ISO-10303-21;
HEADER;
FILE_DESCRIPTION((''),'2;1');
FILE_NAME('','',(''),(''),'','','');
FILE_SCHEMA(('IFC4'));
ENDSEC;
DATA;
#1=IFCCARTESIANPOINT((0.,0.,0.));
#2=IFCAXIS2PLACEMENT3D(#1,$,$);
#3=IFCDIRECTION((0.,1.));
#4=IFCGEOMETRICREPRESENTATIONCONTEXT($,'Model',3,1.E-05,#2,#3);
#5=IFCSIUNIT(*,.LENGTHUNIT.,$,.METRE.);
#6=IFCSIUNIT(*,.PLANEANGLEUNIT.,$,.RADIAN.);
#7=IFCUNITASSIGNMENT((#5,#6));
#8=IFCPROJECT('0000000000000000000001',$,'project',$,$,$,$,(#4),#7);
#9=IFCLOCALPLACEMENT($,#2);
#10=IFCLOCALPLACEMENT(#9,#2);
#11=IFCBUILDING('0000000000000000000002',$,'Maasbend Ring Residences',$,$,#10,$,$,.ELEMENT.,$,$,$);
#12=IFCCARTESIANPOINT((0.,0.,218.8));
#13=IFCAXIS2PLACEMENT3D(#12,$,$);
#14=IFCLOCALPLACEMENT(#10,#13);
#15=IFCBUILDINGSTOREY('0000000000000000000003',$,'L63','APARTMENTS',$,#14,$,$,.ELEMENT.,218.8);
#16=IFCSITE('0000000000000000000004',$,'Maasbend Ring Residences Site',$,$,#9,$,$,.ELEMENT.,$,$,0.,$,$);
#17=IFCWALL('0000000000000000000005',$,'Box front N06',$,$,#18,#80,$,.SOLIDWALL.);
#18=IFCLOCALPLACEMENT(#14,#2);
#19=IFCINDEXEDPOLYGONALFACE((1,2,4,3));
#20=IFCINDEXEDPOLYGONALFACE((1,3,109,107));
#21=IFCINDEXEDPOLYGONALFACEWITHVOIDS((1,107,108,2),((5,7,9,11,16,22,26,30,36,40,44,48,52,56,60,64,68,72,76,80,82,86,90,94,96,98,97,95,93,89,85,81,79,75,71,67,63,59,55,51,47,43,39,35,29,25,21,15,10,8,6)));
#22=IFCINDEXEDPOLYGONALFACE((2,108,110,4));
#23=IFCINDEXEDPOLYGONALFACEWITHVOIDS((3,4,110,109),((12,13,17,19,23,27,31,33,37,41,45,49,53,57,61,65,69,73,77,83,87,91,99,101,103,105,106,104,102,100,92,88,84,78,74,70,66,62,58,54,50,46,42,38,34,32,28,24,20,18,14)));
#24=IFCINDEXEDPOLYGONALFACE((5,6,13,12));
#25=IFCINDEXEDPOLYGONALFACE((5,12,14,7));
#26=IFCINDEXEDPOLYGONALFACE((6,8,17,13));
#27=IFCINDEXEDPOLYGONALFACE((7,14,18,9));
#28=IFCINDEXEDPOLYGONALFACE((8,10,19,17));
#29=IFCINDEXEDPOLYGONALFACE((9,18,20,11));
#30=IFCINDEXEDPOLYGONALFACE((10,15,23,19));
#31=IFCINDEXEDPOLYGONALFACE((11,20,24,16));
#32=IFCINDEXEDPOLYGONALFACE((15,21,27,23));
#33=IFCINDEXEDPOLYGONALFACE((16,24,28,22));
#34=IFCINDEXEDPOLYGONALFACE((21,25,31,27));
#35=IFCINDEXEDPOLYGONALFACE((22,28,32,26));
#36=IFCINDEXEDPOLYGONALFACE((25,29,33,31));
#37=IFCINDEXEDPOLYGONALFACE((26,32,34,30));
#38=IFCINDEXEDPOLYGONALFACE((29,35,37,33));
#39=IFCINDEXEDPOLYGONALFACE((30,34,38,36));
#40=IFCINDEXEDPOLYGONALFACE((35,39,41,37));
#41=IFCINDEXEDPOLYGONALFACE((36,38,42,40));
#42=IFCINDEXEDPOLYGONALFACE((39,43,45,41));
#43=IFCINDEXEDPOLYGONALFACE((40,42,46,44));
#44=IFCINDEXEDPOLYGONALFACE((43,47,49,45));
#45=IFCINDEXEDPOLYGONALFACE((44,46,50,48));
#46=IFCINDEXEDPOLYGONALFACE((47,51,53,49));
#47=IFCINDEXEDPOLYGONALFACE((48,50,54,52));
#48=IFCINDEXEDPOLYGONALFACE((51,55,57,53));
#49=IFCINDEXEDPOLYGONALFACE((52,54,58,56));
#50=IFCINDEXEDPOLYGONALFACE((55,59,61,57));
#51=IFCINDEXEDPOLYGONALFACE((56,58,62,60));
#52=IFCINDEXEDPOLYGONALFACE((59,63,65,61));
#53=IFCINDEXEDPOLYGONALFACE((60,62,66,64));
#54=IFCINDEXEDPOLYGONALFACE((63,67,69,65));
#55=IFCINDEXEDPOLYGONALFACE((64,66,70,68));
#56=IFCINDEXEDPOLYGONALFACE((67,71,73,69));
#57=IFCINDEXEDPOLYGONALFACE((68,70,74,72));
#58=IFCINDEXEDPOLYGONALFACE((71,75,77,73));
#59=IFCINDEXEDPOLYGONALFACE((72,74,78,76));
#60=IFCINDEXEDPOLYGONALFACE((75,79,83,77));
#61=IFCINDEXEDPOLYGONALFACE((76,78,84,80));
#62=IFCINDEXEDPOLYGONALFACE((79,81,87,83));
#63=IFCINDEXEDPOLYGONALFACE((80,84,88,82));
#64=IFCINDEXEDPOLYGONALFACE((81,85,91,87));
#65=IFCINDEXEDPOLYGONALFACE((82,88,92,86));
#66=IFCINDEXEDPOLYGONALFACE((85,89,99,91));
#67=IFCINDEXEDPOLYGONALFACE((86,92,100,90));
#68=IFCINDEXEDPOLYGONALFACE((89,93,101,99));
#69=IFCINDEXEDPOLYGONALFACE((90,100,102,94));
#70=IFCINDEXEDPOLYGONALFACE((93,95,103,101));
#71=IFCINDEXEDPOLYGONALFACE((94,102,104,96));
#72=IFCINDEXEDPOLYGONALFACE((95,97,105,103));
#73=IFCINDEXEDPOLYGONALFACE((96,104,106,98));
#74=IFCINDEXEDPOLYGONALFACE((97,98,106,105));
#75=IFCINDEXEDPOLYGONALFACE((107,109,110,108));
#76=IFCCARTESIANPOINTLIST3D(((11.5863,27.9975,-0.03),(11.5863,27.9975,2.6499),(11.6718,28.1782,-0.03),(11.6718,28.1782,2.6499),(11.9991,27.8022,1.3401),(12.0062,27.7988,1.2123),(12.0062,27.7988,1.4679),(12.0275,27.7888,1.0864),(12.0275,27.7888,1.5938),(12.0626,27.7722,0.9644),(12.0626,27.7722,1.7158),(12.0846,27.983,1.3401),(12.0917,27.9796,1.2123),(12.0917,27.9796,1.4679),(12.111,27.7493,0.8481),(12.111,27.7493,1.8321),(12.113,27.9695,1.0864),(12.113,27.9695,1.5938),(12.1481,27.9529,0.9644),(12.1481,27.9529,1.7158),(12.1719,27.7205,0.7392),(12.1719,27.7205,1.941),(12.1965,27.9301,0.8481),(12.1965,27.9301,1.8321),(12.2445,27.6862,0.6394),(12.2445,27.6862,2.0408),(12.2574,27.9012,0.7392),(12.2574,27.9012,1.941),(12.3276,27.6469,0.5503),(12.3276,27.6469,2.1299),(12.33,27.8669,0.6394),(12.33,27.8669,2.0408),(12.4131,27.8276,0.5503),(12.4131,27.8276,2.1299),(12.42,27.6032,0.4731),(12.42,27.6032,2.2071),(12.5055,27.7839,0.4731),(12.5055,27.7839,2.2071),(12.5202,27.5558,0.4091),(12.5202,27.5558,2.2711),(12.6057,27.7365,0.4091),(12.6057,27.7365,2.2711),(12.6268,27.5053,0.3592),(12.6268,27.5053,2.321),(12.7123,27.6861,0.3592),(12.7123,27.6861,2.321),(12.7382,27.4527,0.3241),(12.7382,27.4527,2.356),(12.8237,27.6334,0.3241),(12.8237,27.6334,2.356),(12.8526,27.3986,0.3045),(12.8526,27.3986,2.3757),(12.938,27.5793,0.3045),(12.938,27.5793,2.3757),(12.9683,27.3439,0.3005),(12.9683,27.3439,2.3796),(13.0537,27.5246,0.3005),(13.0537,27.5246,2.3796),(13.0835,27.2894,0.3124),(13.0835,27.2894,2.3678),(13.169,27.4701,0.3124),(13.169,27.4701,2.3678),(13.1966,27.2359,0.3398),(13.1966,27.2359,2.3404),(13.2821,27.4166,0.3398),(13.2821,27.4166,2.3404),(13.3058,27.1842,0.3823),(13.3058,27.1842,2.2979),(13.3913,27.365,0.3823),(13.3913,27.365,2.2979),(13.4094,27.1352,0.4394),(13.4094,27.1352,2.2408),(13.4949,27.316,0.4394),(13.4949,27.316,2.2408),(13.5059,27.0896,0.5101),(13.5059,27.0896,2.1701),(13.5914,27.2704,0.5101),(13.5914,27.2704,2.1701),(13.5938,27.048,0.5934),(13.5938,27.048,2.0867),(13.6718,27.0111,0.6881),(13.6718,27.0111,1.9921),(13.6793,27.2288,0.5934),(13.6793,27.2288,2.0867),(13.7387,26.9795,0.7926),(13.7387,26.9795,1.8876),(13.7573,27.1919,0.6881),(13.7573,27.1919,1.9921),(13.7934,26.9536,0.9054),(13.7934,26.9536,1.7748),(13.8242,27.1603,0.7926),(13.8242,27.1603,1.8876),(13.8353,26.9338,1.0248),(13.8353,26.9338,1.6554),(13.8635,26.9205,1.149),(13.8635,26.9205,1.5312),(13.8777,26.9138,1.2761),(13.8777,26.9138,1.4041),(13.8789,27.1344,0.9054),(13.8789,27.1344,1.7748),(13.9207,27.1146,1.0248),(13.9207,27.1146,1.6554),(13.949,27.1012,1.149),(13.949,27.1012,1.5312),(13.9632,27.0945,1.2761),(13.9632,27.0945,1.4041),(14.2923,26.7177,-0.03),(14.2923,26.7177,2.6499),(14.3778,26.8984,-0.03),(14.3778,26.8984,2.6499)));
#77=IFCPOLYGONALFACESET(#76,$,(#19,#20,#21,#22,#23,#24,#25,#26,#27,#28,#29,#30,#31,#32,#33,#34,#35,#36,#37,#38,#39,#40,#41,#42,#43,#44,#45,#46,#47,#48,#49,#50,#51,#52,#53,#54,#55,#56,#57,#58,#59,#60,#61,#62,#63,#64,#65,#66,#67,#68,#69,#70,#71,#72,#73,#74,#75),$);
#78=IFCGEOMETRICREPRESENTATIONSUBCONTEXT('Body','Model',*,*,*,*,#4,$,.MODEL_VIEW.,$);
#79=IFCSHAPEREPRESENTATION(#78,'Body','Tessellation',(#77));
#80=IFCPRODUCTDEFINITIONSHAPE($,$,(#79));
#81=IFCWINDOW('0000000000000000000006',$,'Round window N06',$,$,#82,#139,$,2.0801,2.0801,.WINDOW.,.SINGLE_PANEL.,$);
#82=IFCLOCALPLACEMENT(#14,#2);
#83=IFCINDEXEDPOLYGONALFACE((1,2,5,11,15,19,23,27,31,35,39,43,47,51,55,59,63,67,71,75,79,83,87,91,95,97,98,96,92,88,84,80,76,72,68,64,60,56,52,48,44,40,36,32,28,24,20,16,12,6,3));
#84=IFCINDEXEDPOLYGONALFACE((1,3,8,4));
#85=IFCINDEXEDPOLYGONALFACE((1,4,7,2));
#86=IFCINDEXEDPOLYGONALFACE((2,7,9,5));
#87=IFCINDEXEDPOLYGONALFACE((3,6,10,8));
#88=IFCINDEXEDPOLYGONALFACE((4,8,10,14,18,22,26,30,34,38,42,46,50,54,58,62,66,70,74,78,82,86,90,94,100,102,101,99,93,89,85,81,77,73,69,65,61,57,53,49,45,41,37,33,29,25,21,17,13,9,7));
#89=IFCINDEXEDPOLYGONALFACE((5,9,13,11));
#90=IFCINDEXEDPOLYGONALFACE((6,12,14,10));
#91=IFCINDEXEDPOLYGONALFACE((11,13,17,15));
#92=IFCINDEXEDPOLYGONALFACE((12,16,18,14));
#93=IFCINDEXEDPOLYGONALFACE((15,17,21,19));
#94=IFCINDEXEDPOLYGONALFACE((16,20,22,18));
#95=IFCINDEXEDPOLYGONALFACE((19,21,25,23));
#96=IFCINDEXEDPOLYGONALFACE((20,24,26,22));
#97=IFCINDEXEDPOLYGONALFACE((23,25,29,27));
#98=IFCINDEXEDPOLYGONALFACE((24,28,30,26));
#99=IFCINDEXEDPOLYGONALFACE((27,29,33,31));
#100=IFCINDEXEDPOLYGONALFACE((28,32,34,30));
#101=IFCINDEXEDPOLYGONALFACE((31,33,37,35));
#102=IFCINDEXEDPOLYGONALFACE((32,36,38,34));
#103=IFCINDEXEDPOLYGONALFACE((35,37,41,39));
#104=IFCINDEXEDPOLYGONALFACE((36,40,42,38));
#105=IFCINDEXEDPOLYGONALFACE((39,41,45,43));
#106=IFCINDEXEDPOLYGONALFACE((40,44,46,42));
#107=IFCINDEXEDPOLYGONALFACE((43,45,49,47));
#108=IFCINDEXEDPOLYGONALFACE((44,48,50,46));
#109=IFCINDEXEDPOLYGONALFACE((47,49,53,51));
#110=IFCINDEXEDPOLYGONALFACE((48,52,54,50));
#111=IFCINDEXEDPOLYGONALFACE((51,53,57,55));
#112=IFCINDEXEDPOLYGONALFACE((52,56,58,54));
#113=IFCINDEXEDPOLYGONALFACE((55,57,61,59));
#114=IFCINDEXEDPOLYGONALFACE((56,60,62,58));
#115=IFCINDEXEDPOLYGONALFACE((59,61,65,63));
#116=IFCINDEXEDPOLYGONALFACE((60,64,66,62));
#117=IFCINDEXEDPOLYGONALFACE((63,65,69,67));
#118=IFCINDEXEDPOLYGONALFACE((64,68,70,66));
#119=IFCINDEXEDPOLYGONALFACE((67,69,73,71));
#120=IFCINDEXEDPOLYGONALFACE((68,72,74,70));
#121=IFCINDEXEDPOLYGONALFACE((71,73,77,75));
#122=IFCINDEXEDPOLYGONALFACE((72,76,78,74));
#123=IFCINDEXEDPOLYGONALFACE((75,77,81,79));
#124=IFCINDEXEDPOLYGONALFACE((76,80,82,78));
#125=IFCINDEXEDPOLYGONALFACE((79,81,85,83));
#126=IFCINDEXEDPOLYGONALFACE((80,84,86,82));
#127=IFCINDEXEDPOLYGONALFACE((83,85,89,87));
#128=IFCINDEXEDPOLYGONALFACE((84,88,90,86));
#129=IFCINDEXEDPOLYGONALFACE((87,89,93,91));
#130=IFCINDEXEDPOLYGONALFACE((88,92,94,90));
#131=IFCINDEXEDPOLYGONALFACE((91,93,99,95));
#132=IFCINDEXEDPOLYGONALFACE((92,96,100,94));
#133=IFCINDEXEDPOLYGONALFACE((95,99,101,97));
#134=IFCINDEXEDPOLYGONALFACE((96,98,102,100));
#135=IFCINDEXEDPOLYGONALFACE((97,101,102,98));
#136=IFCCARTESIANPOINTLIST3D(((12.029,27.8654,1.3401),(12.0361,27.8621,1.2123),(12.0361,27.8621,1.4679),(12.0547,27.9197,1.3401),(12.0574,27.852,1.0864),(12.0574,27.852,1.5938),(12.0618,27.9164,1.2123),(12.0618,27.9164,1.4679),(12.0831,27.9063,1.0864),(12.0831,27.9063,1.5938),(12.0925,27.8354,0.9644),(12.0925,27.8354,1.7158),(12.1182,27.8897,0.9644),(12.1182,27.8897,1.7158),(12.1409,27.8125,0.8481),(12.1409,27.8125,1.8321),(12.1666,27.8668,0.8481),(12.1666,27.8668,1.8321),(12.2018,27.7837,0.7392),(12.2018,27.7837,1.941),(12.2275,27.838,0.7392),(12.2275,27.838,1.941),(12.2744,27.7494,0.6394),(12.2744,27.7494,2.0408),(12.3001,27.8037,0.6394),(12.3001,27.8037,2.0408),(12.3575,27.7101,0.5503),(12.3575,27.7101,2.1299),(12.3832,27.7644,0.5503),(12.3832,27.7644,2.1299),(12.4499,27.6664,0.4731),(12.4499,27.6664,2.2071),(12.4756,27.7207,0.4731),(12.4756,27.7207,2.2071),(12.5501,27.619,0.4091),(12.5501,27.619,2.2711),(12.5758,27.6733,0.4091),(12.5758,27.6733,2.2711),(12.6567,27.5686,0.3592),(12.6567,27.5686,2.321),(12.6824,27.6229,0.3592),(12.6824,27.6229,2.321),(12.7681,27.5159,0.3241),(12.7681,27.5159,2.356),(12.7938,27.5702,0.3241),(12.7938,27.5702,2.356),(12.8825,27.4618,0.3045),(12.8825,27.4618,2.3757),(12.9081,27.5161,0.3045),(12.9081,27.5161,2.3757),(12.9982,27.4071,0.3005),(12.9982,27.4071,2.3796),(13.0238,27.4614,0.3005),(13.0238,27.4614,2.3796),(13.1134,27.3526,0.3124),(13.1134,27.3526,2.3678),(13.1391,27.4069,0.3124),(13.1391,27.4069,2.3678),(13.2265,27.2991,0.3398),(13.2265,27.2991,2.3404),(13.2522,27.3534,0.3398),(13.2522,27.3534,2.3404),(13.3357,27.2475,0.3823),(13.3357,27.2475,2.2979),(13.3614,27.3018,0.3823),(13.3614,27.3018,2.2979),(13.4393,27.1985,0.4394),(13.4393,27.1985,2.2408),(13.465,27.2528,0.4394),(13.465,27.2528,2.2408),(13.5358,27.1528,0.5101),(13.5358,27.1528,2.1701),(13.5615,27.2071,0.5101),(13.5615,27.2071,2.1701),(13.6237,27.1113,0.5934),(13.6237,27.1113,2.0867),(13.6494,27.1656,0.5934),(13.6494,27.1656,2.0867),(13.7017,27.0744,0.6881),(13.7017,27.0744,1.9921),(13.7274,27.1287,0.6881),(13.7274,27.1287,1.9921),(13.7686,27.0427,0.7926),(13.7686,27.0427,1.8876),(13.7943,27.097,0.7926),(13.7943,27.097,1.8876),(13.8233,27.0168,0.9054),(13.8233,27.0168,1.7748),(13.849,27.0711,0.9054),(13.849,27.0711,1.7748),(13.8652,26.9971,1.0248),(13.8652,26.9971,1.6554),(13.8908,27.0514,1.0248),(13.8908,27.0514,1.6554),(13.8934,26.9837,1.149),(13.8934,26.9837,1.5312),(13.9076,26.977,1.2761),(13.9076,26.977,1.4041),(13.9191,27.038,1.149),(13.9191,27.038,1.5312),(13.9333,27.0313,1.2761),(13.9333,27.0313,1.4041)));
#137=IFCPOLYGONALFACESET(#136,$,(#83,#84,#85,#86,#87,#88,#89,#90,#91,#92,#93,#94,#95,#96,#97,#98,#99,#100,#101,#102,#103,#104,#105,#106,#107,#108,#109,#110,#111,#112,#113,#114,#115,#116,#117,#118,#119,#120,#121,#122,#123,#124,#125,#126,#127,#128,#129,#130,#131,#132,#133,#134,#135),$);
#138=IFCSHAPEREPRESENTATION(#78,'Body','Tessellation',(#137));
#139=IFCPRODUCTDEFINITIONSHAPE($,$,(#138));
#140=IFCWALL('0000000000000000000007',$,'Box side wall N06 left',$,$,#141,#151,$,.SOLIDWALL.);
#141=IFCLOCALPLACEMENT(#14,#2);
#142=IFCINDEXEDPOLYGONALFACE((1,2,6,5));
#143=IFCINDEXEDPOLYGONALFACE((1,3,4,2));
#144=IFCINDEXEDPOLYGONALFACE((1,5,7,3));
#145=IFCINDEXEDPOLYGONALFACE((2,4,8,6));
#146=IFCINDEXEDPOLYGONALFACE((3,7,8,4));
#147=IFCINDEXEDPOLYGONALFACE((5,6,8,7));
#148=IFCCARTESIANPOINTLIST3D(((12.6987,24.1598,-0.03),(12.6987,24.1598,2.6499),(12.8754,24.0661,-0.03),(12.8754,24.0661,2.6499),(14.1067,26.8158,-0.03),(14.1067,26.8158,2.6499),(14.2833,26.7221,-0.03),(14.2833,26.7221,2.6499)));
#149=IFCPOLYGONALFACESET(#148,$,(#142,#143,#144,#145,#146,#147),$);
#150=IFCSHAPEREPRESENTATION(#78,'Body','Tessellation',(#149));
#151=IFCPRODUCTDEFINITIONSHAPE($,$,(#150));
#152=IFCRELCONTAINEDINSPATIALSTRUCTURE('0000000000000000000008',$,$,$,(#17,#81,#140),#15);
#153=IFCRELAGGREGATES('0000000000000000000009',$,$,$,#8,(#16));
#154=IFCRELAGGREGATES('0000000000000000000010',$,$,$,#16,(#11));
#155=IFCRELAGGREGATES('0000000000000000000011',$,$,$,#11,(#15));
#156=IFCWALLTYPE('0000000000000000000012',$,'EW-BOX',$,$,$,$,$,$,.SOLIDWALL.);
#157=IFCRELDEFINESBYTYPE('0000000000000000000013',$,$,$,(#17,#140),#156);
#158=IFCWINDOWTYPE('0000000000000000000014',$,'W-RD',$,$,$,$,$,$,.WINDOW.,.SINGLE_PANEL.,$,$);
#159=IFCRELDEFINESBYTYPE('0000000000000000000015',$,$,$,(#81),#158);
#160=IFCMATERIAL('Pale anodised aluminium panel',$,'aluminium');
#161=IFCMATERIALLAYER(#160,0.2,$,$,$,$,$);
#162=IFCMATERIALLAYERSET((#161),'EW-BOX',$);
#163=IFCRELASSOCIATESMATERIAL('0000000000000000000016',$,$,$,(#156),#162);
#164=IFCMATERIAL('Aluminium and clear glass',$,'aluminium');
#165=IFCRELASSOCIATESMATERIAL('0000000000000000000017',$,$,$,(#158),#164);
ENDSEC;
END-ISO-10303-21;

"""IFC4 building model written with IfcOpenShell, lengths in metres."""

from ifc_helpers import new_model, si_unit, direction, frame, frame_2d, origin, place, context, subcontext, project, spatial, rectangle, circle, extrude, material, layer, layer_set, type_object, element, fill, save


model = new_model("IFC4")

# Units and contexts
model_context = context("Model", 3, precision=1e-05, world=origin(), true_north=direction((0.0, 1.0)))
body_context = subcontext(model_context, "Body", "Model", "MODEL_VIEW")
ifc_project = project(units=[si_unit("LENGTHUNIT", "METRE"), si_unit("PLANEANGLEUNIT", "RADIAN")], contexts=[model_context])

# Site, building, storey
site_placement = place(None, origin())
site = spatial("IfcSite", under=ifc_project, at=site_placement, Name="Maasbend Ring Residences Site", CompositionType="ELEMENT", RefElevation=0.0)
building_placement = place(site_placement, origin())
building = spatial("IfcBuilding", under=site, at=building_placement, Name="Maasbend Ring Residences", CompositionType="ELEMENT")
storey_placement = place(building_placement, frame((0.0, 0.0, 218.8)))
storey = spatial("IfcBuildingStorey", under=building, at=storey_placement, Name="L63", Description="APARTMENTS", CompositionType="ELEMENT", Elevation=218.8)

# Shared definitions
ifc_material_1 = material(Name="Pale anodised aluminium panel", Category="aluminium")
ifc_layer_1 = layer(ifc_material_1, 0.2)
ifc_layer_set_1 = layer_set([ifc_layer_1], Name="EW-BOX")
wall_type_1 = type_object("IfcWallType", Name="EW-BOX", PredefinedType="SOLIDWALL", material=ifc_layer_set_1)

# Wall, opening, window
wall_1_placement = place(storey_placement, frame((14.335, 26.8081, -0.03), z_axis=(0.0, 0.0, 1.0), x_axis=(-0.904, 0.427532, 0.0)))
wall_1 = element("IfcWall", 1, at=wall_1_placement, inside=storey, type_object=wall_type_1, Name="Box front N06", PredefinedType="SOLIDWALL", context=body_context, shape_type="SweptSolid", body=[
    extrude(rectangle(XDim=2.9934, YDim=0.2, at=frame_2d((1.4966, 0.0))), origin(), (0.0, 0.0, 1.0), 2.6799),
])
opening_1_placement = place(wall_1_placement, frame((0.4565, 0.0, 0.3301)))
opening_1 = element("IfcOpeningElement", 2, at=opening_1_placement, cuts=wall_1, PredefinedType="OPENING", context=body_context, shape_type="SweptSolid", body=[
    extrude(circle(Radius=1.04, at=frame_2d((1.04, 1.04))), frame((0.0, 0.1099, 0.0), z_axis=(0.0, -1.0, 0.0), x_axis=(1.0, 0.0, 0.0)), (0.0, 0.0, 1.0), 0.22),
])
ifc_material_2 = material(Name="Aluminium and clear glass", Category="aluminium")
window_type_1 = type_object("IfcWindowType", Name="W-RD", PartitioningType="SINGLE_PANEL", PredefinedType="WINDOW", material=ifc_material_2)
window_1_placement = place(opening_1_placement, origin())
window_1 = element("IfcWindow", 3, at=window_1_placement, inside=storey, type_object=window_type_1, Name="Round window N06", OverallHeight=2.0801, OverallWidth=2.0801, PartitioningType="SINGLE_PANEL", PredefinedType="WINDOW", context=body_context, shape_type="SweptSolid", body=[
    extrude(circle(Radius=1.04, at=frame_2d((1.04, 1.04))), frame((0.0, 0.03, 0.0), z_axis=(0.0, -1.0, 0.0), x_axis=(1.0, 0.0, 0.0)), (0.0, 0.0, 1.0), 0.0601),
])
fill(opening_1, window_1)

# Wall
wall_2_placement = place(storey_placement, frame((12.7871, 24.113, -0.03), z_axis=(0.0, 0.0, 1.0), x_axis=(0.468365, 0.883535, 0.0)))
element("IfcWall", 4, at=wall_2_placement, inside=storey, type_object=wall_type_1, Name="Box side wall N06 left", PredefinedType="SOLIDWALL", context=body_context, shape_type="SweptSolid", body=[
    extrude(rectangle(XDim=3.0061, YDim=0.2, at=frame_2d((1.5029, 0.0))), origin(), (0.0, 0.0, 1.0), 2.6799),
])

save(model, "model.ifc")
